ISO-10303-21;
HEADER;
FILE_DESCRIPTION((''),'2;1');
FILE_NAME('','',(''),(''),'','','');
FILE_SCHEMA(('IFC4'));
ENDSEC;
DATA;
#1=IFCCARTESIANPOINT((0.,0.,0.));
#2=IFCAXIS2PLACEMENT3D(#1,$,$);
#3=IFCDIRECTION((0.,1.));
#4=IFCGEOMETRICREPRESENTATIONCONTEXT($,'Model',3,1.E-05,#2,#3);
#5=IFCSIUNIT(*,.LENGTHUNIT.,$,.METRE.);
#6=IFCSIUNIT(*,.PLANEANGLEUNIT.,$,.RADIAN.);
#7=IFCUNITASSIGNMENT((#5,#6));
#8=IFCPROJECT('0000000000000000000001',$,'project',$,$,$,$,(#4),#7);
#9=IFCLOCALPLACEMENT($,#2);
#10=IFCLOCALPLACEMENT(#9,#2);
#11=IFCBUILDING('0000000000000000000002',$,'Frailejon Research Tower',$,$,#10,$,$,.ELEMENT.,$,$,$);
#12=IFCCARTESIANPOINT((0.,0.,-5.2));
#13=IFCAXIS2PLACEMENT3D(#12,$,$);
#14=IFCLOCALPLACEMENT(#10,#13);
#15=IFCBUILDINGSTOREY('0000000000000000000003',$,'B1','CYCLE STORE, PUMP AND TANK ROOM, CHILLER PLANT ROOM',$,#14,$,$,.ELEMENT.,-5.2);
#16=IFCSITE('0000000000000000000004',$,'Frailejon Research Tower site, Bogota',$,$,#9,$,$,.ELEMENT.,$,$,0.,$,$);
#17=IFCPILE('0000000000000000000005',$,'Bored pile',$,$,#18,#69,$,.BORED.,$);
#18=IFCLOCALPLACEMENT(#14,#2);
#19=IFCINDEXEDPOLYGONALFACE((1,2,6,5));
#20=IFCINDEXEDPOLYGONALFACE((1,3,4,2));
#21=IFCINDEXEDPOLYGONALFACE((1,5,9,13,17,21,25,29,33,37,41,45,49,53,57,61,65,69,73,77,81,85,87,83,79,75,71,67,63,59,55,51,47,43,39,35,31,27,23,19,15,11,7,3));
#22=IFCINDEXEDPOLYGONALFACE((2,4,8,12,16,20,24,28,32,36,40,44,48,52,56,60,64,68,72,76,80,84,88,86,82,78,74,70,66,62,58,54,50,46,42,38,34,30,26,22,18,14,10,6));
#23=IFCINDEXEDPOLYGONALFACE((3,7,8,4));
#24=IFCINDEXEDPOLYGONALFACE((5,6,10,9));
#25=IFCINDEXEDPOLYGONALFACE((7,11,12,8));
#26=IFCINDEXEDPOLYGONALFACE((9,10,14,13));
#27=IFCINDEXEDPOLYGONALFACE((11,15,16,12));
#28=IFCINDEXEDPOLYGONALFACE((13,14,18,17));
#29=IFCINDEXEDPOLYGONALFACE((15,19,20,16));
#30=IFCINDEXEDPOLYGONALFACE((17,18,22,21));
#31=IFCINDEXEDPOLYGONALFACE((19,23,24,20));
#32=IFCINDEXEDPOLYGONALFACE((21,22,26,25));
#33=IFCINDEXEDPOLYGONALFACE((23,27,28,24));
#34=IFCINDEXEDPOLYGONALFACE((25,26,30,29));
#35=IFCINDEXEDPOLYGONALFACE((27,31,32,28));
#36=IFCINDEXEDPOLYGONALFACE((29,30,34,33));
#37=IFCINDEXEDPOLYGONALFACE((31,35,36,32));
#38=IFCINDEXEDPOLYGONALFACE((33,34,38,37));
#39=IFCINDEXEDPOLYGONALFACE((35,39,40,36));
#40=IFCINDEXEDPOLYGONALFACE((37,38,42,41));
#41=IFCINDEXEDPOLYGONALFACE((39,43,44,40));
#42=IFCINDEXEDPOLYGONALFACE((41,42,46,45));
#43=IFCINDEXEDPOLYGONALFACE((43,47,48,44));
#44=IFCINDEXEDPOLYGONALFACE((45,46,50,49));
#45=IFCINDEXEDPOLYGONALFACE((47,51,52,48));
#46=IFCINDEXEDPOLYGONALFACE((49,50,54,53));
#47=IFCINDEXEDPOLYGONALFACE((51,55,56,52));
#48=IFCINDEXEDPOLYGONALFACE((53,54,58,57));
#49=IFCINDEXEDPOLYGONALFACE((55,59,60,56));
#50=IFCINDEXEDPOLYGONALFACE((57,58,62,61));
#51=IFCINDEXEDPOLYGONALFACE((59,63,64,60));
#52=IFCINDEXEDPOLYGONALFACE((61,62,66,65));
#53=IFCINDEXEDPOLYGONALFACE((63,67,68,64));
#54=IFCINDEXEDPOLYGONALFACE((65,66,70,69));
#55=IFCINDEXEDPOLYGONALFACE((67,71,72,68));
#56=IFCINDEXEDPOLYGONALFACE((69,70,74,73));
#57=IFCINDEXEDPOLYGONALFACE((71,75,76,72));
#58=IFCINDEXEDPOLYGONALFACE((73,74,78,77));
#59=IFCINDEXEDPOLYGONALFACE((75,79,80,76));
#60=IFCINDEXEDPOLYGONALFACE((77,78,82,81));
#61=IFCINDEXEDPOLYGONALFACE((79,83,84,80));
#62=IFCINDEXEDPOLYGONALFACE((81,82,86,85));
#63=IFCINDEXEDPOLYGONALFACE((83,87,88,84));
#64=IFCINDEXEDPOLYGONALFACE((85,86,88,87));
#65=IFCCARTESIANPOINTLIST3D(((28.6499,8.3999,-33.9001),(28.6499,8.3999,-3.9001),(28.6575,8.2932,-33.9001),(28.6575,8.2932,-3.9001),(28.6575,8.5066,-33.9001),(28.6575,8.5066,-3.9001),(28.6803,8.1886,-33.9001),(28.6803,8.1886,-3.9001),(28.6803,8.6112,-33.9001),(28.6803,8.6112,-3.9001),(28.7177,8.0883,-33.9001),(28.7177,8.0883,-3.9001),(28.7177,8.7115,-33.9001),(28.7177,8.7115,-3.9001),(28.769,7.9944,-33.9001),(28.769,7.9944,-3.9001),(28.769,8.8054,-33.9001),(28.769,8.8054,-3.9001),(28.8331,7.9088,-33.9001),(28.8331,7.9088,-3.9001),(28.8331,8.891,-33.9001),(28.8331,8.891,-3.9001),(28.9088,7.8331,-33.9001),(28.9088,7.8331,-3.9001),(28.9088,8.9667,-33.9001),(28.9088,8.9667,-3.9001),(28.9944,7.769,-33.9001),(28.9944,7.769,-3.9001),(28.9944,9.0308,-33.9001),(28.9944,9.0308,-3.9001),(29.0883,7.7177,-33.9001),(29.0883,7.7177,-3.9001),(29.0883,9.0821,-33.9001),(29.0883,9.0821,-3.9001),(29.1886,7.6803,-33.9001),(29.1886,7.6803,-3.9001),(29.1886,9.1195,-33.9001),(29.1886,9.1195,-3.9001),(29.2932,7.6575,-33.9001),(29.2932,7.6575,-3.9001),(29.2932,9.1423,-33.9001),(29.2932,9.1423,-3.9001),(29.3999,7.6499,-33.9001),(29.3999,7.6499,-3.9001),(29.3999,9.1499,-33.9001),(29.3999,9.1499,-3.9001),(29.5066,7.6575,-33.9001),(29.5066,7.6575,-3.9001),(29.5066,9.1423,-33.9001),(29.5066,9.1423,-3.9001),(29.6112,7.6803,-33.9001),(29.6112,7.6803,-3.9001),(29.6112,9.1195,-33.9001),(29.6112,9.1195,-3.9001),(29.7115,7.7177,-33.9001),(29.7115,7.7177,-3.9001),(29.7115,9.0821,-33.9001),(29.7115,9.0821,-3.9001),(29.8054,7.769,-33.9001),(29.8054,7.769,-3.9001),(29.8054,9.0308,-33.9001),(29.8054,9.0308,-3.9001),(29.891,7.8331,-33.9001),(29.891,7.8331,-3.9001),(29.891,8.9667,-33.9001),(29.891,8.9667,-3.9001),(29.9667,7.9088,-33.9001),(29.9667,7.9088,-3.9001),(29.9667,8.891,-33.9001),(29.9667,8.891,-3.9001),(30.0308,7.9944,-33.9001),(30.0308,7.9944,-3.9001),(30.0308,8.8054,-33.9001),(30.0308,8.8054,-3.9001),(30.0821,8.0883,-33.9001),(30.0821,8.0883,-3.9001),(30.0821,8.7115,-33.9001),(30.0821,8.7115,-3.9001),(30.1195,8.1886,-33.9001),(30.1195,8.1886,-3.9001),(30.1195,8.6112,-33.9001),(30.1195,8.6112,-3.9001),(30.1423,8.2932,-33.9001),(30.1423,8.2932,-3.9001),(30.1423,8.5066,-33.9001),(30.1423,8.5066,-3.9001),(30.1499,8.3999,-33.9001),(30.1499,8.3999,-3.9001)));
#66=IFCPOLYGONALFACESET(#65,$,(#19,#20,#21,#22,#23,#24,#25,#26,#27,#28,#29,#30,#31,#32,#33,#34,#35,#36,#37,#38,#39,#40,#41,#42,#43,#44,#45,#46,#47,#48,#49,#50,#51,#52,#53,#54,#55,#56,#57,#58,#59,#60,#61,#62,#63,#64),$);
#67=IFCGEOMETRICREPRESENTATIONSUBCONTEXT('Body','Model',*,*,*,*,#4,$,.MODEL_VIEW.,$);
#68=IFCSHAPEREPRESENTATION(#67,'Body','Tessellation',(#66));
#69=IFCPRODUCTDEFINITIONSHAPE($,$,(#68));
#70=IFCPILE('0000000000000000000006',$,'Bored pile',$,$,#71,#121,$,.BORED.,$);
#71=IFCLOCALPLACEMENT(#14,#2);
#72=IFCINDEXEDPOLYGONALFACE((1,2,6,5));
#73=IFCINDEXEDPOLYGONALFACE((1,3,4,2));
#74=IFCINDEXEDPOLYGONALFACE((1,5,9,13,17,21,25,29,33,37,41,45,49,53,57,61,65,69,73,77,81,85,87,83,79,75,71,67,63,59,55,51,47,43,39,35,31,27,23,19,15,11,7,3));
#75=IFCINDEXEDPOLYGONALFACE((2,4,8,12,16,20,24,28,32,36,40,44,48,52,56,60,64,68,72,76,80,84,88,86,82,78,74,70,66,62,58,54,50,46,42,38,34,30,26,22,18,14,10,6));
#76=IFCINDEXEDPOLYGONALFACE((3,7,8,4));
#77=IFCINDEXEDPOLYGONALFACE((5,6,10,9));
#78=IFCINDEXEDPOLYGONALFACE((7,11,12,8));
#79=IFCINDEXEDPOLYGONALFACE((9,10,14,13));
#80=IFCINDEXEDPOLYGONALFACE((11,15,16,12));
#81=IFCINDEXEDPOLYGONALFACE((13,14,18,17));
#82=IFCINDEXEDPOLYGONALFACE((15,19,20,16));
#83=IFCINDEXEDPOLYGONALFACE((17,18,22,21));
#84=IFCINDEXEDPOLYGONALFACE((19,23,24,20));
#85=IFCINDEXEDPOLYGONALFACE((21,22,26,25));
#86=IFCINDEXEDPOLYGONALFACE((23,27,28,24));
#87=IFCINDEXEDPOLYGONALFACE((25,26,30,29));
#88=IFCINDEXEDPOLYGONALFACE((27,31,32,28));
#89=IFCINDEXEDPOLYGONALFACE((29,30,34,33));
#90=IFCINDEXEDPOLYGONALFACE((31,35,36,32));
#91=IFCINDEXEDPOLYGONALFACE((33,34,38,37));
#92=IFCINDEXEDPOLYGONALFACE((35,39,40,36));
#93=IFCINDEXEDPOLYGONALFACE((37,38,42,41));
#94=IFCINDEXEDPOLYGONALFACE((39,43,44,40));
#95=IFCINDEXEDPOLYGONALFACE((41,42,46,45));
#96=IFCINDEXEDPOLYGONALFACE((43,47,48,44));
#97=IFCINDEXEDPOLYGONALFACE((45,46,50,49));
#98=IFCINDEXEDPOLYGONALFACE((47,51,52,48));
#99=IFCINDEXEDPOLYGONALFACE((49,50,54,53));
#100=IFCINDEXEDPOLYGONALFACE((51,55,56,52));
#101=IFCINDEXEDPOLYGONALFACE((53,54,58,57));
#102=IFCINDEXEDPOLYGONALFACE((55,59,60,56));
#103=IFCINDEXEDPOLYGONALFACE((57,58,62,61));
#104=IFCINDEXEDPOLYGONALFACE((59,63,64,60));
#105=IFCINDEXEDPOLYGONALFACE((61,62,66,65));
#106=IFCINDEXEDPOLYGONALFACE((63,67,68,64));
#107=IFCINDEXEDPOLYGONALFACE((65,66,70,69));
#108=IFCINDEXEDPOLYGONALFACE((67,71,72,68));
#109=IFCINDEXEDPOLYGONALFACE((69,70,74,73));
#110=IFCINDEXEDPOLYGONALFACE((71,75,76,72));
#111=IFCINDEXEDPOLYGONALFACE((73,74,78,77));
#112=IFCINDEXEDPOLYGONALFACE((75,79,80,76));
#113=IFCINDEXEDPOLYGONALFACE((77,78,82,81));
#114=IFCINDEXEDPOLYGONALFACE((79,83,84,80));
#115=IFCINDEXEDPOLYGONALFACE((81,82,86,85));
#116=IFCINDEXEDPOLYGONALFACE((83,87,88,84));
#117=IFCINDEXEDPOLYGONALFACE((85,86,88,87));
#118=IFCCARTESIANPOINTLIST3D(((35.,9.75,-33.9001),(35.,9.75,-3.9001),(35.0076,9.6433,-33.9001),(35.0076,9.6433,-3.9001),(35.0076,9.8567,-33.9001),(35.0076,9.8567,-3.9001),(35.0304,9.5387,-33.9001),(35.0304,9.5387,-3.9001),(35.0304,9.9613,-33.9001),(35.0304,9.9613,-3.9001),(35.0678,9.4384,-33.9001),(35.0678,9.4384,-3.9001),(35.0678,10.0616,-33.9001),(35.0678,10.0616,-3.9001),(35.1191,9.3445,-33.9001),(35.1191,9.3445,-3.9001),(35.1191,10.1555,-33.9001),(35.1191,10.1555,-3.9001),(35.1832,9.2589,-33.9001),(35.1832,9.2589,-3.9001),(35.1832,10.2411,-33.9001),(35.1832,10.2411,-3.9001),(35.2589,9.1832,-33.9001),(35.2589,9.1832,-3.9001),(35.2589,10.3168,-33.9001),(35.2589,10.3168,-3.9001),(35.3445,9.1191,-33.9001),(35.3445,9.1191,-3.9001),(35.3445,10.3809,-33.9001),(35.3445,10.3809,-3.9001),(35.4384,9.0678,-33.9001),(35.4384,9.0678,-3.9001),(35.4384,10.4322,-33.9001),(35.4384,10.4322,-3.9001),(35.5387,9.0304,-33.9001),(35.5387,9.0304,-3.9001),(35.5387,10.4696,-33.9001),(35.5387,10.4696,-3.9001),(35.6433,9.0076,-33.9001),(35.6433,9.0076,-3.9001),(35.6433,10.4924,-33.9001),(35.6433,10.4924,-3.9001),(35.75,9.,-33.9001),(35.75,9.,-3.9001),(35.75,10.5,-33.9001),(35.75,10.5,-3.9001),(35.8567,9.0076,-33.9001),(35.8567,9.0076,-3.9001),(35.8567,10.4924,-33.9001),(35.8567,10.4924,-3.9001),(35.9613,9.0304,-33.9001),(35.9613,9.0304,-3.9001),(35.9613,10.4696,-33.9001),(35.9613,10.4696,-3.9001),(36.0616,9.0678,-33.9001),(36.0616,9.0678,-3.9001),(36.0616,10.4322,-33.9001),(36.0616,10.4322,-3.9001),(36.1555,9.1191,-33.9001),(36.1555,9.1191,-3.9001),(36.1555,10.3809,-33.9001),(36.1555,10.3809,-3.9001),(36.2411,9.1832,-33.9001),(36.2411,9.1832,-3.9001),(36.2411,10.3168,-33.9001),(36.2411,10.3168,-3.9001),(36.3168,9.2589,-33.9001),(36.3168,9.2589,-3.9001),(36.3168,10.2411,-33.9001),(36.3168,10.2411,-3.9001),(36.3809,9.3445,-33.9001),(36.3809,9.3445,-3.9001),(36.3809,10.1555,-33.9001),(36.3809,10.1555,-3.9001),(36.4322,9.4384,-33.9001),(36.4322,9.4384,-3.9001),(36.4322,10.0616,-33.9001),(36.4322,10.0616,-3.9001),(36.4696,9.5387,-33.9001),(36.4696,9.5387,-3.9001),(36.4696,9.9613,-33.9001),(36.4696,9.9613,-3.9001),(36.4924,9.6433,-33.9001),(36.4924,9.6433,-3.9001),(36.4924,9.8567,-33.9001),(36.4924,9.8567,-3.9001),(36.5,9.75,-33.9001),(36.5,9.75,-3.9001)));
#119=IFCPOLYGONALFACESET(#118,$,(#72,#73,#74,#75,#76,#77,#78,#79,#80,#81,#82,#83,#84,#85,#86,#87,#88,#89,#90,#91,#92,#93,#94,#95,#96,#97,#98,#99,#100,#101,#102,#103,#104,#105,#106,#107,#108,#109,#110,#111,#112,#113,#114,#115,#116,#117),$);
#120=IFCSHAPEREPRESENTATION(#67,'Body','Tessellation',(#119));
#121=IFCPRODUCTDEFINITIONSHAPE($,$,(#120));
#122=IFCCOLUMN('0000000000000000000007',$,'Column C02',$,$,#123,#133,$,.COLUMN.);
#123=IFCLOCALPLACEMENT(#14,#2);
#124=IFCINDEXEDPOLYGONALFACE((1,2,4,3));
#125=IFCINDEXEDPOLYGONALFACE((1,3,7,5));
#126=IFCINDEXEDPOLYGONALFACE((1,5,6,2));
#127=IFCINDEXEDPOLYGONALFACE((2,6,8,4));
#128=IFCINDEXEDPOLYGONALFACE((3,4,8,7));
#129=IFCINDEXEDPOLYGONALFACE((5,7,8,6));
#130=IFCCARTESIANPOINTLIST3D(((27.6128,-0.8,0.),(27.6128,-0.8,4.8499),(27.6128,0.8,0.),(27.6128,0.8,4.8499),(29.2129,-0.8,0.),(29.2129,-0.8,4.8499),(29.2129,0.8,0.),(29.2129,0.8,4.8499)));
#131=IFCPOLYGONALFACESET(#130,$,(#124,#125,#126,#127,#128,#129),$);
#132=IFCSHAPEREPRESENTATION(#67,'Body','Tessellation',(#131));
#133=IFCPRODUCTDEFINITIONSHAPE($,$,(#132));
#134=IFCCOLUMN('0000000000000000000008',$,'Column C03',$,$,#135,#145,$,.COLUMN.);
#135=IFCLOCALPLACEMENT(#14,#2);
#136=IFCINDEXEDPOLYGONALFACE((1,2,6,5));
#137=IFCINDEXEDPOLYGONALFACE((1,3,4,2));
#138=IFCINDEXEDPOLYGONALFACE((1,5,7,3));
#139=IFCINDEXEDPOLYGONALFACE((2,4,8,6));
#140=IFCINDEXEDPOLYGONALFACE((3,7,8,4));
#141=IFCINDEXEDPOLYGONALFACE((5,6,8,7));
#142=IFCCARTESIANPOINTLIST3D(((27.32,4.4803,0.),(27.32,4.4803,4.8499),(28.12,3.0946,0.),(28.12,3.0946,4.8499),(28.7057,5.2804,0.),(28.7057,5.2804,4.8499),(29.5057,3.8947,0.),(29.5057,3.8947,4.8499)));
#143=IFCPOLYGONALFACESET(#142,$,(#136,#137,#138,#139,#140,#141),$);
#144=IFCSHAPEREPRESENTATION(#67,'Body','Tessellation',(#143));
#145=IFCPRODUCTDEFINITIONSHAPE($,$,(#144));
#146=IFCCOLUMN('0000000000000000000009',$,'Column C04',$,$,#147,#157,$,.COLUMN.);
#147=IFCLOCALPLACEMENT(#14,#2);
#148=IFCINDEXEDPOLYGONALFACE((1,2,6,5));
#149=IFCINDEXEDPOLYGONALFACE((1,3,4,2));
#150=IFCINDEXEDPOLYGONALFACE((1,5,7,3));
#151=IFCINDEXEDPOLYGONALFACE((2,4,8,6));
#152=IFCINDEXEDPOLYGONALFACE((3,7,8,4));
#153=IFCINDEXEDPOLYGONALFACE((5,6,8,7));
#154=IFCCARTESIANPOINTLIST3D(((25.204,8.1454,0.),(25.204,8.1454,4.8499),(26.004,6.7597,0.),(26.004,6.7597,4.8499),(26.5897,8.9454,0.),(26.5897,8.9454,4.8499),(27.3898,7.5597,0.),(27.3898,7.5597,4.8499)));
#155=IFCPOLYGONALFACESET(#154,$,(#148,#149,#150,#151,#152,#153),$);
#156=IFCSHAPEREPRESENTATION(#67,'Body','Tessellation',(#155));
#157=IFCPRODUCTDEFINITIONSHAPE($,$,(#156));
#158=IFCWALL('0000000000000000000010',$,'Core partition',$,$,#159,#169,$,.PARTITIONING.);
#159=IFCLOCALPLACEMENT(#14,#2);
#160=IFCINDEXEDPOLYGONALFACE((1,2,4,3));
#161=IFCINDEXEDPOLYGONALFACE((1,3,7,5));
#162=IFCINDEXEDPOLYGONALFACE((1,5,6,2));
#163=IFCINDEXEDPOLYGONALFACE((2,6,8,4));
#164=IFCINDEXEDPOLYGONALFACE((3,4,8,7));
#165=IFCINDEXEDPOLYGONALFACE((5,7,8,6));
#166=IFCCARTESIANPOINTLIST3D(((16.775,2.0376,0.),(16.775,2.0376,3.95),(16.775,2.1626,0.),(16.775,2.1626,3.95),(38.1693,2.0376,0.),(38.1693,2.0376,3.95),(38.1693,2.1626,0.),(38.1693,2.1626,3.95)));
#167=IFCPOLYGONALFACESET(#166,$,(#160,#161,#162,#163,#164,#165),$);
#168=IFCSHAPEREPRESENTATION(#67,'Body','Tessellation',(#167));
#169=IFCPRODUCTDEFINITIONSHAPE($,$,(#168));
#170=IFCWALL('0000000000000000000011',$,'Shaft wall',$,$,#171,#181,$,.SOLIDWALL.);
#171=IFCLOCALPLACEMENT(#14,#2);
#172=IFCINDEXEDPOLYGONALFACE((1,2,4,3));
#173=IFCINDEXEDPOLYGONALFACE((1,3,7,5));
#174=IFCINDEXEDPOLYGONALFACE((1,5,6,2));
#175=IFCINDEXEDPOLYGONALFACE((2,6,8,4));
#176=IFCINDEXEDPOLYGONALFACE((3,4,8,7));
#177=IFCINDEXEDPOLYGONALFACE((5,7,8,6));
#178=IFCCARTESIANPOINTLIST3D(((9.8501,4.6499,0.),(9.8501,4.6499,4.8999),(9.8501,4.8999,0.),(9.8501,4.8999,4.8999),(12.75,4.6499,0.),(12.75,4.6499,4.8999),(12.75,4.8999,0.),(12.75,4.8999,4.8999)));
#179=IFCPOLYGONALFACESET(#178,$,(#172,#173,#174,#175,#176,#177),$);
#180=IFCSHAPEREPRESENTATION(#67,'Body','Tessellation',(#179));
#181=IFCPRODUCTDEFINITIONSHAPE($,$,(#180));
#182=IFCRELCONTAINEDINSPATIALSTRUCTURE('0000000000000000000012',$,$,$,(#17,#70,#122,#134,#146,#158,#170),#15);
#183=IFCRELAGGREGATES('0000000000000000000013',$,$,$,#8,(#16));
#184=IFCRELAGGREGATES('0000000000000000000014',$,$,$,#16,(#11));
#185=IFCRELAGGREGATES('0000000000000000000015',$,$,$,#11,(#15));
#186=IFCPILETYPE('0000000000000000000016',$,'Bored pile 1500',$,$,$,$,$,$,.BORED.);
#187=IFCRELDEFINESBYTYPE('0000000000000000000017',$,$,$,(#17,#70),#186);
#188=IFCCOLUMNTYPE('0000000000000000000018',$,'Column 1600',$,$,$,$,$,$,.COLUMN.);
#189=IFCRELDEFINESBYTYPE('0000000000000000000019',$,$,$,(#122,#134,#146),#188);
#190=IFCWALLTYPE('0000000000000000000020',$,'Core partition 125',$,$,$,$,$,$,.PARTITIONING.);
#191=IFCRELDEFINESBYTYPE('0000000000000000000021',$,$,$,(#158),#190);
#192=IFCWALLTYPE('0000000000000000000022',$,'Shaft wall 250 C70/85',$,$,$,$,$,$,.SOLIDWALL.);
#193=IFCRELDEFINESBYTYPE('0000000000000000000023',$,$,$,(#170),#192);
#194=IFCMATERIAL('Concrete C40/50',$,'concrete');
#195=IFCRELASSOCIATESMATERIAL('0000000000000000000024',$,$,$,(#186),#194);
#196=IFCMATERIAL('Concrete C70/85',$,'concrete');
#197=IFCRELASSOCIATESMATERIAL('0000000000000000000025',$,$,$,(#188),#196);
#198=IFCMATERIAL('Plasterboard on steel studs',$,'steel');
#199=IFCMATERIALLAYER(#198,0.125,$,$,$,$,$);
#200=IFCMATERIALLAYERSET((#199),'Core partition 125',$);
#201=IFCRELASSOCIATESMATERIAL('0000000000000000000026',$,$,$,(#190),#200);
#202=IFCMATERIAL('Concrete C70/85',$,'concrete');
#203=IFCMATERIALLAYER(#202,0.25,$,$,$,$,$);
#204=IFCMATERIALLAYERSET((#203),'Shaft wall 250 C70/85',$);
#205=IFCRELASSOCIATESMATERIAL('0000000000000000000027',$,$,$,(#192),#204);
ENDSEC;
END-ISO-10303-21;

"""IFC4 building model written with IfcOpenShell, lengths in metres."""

from ifc_helpers import new_model, si_unit, direction, frame, frame_2d, origin, origin_2d, place, context, subcontext, project, spatial, rectangle, circle, extrude, material, layer, layer_set, material_profile, profile_set, type_object, element, save


model = new_model("IFC4")

# Units and contexts
model_context = context("Model", 3, precision=1e-05, world=origin(), true_north=direction((0.0, 1.0)))
body_context = subcontext(model_context, "Body", "Model", "MODEL_VIEW")
ifc_project = project(units=[si_unit("LENGTHUNIT", "METRE"), si_unit("PLANEANGLEUNIT", "RADIAN")], contexts=[model_context])

# Site, building, storey
site_placement = place(None, origin())
site = spatial("IfcSite", under=ifc_project, at=site_placement, Name="Frailejon Research Tower site, Bogota", CompositionType="ELEMENT", RefElevation=0.0)
building_placement = place(site_placement, origin())
building = spatial("IfcBuilding", under=site, at=building_placement, Name="Frailejon Research Tower", CompositionType="ELEMENT")
storey_placement = place(building_placement, frame((0.0, 0.0, -5.2)))
storey = spatial("IfcBuildingStorey", under=building, at=storey_placement, Name="B1", Description="CYCLE STORE, PUMP AND TANK ROOM, CHILLER PLANT ROOM", CompositionType="ELEMENT", Elevation=-5.2)

# Piles
ifc_material_1 = material(Name="Concrete C40/50", Category="concrete")
ifc_material_profile_1 = material_profile(ifc_material_1, circle(Radius=0.75, at=origin_2d()), Name="Bored pile 1500")
ifc_profile_set_1 = profile_set([ifc_material_profile_1], Name="Concrete C40/50")
pile_type = type_object("IfcPileType", Name="Bored pile 1500", PredefinedType="BORED", material=ifc_profile_set_1)
for number, where, z_axis, x_axis, name in (
    (1, (29.3999, 8.3999, -3.9001), (0.0, 0.0, -1.0), (1.0, 0.0, 0.0), "Bored pile"),
    (2, (35.75, 9.75, -3.9001), (0.0, 0.0, -1.0), (1.0, 0.0, 0.0), "Bored pile"),
):
    element("IfcPile", number, at=place(storey_placement, frame(where, z_axis=z_axis, x_axis=x_axis)), inside=storey, type_object=pile_type, Name=name, PredefinedType="BORED", context=body_context, shape_type="SweptSolid", body=[
        extrude(circle(Radius=0.75, at=origin_2d()), origin(), (0.0, 0.0, 1.0), 30.0),
    ])

# Columns
ifc_material_2 = material(Name="Concrete C70/85", Category="concrete")
ifc_material_profile_2 = material_profile(ifc_material_2, rectangle(XDim=1.6001, YDim=1.6001, at=origin_2d()), Name="Column 1600")
ifc_profile_set_2 = profile_set([ifc_material_profile_2], Name="Concrete C70/85")
column_type = type_object("IfcColumnType", Name="Column 1600", PredefinedType="COLUMN", material=ifc_profile_set_2)
for number, where, z_axis, x_axis, name in (
    (3, (28.4128, 0.0, 0.0), (0.0, 0.0, 1.0), (0.0, 1.0, 0.0), "Column C02"),
    (4, (28.4128, 4.1875, 0.0), (0.0, 0.0, 1.0), (-0.5, 0.866025, 0.0), "Column C03"),
    (5, (26.2969, 7.8525, 0.0), (0.0, 0.0, 1.0), (-0.5, 0.866025, 0.0), "Column C04"),
):
    element("IfcColumn", number, at=place(storey_placement, frame(where, z_axis=z_axis, x_axis=x_axis)), inside=storey, type_object=column_type, Name=name, PredefinedType="COLUMN", context=body_context, shape_type="SweptSolid", body=[
        extrude(rectangle(XDim=1.6001, YDim=1.6001, at=origin_2d()), origin(), (0.0, 0.0, 1.0), 4.8499),
    ])

# Walls
ifc_material_3 = material(Name="Plasterboard on steel studs", Category="steel")
ifc_layer_1 = layer(ifc_material_3, 0.125)
ifc_layer_set_1 = layer_set([ifc_layer_1], Name="Core partition 125")
wall_type_1 = type_object("IfcWallType", Name="Core partition 125", PredefinedType="PARTITIONING", material=ifc_layer_set_1)
wall_1_placement = place(storey_placement, frame((16.7749, 2.1001, 0.0), z_axis=(0.0, 0.0, 1.0), x_axis=(1.0, 0.0, 0.0)))
element("IfcWall", 6, at=wall_1_placement, inside=storey, type_object=wall_type_1, Name="Core partition", PredefinedType="PARTITIONING", context=body_context, shape_type="SweptSolid", body=[
    extrude(rectangle(XDim=21.3943, YDim=0.125, at=frame_2d((10.6973, 0.0))), origin(), (0.0, 0.0, 1.0), 3.95),
])
ifc_material_4 = material(Name="Concrete C70/85", Category="concrete")
ifc_layer_2 = layer(ifc_material_4, 0.25)
ifc_layer_set_2 = layer_set([ifc_layer_2], Name="Shaft wall 250 C70/85")
wall_type_2 = type_object("IfcWallType", Name="Shaft wall 250 C70/85", PredefinedType="SOLIDWALL", material=ifc_layer_set_2)
wall_2_placement = place(storey_placement, frame((9.8501, 4.7749, 0.0), z_axis=(0.0, 0.0, 1.0), x_axis=(1.0, 0.0, 0.0)))
element("IfcWall", 7, at=wall_2_placement, inside=storey, type_object=wall_type_2, Name="Shaft wall", PredefinedType="SOLIDWALL", context=body_context, shape_type="SweptSolid", body=[
    extrude(rectangle(XDim=2.8999, YDim=0.25, at=frame_2d((1.45, 0.0))), origin(), (0.0, 0.0, 1.0), 4.8999),
])

save(model, "model.ifc")
